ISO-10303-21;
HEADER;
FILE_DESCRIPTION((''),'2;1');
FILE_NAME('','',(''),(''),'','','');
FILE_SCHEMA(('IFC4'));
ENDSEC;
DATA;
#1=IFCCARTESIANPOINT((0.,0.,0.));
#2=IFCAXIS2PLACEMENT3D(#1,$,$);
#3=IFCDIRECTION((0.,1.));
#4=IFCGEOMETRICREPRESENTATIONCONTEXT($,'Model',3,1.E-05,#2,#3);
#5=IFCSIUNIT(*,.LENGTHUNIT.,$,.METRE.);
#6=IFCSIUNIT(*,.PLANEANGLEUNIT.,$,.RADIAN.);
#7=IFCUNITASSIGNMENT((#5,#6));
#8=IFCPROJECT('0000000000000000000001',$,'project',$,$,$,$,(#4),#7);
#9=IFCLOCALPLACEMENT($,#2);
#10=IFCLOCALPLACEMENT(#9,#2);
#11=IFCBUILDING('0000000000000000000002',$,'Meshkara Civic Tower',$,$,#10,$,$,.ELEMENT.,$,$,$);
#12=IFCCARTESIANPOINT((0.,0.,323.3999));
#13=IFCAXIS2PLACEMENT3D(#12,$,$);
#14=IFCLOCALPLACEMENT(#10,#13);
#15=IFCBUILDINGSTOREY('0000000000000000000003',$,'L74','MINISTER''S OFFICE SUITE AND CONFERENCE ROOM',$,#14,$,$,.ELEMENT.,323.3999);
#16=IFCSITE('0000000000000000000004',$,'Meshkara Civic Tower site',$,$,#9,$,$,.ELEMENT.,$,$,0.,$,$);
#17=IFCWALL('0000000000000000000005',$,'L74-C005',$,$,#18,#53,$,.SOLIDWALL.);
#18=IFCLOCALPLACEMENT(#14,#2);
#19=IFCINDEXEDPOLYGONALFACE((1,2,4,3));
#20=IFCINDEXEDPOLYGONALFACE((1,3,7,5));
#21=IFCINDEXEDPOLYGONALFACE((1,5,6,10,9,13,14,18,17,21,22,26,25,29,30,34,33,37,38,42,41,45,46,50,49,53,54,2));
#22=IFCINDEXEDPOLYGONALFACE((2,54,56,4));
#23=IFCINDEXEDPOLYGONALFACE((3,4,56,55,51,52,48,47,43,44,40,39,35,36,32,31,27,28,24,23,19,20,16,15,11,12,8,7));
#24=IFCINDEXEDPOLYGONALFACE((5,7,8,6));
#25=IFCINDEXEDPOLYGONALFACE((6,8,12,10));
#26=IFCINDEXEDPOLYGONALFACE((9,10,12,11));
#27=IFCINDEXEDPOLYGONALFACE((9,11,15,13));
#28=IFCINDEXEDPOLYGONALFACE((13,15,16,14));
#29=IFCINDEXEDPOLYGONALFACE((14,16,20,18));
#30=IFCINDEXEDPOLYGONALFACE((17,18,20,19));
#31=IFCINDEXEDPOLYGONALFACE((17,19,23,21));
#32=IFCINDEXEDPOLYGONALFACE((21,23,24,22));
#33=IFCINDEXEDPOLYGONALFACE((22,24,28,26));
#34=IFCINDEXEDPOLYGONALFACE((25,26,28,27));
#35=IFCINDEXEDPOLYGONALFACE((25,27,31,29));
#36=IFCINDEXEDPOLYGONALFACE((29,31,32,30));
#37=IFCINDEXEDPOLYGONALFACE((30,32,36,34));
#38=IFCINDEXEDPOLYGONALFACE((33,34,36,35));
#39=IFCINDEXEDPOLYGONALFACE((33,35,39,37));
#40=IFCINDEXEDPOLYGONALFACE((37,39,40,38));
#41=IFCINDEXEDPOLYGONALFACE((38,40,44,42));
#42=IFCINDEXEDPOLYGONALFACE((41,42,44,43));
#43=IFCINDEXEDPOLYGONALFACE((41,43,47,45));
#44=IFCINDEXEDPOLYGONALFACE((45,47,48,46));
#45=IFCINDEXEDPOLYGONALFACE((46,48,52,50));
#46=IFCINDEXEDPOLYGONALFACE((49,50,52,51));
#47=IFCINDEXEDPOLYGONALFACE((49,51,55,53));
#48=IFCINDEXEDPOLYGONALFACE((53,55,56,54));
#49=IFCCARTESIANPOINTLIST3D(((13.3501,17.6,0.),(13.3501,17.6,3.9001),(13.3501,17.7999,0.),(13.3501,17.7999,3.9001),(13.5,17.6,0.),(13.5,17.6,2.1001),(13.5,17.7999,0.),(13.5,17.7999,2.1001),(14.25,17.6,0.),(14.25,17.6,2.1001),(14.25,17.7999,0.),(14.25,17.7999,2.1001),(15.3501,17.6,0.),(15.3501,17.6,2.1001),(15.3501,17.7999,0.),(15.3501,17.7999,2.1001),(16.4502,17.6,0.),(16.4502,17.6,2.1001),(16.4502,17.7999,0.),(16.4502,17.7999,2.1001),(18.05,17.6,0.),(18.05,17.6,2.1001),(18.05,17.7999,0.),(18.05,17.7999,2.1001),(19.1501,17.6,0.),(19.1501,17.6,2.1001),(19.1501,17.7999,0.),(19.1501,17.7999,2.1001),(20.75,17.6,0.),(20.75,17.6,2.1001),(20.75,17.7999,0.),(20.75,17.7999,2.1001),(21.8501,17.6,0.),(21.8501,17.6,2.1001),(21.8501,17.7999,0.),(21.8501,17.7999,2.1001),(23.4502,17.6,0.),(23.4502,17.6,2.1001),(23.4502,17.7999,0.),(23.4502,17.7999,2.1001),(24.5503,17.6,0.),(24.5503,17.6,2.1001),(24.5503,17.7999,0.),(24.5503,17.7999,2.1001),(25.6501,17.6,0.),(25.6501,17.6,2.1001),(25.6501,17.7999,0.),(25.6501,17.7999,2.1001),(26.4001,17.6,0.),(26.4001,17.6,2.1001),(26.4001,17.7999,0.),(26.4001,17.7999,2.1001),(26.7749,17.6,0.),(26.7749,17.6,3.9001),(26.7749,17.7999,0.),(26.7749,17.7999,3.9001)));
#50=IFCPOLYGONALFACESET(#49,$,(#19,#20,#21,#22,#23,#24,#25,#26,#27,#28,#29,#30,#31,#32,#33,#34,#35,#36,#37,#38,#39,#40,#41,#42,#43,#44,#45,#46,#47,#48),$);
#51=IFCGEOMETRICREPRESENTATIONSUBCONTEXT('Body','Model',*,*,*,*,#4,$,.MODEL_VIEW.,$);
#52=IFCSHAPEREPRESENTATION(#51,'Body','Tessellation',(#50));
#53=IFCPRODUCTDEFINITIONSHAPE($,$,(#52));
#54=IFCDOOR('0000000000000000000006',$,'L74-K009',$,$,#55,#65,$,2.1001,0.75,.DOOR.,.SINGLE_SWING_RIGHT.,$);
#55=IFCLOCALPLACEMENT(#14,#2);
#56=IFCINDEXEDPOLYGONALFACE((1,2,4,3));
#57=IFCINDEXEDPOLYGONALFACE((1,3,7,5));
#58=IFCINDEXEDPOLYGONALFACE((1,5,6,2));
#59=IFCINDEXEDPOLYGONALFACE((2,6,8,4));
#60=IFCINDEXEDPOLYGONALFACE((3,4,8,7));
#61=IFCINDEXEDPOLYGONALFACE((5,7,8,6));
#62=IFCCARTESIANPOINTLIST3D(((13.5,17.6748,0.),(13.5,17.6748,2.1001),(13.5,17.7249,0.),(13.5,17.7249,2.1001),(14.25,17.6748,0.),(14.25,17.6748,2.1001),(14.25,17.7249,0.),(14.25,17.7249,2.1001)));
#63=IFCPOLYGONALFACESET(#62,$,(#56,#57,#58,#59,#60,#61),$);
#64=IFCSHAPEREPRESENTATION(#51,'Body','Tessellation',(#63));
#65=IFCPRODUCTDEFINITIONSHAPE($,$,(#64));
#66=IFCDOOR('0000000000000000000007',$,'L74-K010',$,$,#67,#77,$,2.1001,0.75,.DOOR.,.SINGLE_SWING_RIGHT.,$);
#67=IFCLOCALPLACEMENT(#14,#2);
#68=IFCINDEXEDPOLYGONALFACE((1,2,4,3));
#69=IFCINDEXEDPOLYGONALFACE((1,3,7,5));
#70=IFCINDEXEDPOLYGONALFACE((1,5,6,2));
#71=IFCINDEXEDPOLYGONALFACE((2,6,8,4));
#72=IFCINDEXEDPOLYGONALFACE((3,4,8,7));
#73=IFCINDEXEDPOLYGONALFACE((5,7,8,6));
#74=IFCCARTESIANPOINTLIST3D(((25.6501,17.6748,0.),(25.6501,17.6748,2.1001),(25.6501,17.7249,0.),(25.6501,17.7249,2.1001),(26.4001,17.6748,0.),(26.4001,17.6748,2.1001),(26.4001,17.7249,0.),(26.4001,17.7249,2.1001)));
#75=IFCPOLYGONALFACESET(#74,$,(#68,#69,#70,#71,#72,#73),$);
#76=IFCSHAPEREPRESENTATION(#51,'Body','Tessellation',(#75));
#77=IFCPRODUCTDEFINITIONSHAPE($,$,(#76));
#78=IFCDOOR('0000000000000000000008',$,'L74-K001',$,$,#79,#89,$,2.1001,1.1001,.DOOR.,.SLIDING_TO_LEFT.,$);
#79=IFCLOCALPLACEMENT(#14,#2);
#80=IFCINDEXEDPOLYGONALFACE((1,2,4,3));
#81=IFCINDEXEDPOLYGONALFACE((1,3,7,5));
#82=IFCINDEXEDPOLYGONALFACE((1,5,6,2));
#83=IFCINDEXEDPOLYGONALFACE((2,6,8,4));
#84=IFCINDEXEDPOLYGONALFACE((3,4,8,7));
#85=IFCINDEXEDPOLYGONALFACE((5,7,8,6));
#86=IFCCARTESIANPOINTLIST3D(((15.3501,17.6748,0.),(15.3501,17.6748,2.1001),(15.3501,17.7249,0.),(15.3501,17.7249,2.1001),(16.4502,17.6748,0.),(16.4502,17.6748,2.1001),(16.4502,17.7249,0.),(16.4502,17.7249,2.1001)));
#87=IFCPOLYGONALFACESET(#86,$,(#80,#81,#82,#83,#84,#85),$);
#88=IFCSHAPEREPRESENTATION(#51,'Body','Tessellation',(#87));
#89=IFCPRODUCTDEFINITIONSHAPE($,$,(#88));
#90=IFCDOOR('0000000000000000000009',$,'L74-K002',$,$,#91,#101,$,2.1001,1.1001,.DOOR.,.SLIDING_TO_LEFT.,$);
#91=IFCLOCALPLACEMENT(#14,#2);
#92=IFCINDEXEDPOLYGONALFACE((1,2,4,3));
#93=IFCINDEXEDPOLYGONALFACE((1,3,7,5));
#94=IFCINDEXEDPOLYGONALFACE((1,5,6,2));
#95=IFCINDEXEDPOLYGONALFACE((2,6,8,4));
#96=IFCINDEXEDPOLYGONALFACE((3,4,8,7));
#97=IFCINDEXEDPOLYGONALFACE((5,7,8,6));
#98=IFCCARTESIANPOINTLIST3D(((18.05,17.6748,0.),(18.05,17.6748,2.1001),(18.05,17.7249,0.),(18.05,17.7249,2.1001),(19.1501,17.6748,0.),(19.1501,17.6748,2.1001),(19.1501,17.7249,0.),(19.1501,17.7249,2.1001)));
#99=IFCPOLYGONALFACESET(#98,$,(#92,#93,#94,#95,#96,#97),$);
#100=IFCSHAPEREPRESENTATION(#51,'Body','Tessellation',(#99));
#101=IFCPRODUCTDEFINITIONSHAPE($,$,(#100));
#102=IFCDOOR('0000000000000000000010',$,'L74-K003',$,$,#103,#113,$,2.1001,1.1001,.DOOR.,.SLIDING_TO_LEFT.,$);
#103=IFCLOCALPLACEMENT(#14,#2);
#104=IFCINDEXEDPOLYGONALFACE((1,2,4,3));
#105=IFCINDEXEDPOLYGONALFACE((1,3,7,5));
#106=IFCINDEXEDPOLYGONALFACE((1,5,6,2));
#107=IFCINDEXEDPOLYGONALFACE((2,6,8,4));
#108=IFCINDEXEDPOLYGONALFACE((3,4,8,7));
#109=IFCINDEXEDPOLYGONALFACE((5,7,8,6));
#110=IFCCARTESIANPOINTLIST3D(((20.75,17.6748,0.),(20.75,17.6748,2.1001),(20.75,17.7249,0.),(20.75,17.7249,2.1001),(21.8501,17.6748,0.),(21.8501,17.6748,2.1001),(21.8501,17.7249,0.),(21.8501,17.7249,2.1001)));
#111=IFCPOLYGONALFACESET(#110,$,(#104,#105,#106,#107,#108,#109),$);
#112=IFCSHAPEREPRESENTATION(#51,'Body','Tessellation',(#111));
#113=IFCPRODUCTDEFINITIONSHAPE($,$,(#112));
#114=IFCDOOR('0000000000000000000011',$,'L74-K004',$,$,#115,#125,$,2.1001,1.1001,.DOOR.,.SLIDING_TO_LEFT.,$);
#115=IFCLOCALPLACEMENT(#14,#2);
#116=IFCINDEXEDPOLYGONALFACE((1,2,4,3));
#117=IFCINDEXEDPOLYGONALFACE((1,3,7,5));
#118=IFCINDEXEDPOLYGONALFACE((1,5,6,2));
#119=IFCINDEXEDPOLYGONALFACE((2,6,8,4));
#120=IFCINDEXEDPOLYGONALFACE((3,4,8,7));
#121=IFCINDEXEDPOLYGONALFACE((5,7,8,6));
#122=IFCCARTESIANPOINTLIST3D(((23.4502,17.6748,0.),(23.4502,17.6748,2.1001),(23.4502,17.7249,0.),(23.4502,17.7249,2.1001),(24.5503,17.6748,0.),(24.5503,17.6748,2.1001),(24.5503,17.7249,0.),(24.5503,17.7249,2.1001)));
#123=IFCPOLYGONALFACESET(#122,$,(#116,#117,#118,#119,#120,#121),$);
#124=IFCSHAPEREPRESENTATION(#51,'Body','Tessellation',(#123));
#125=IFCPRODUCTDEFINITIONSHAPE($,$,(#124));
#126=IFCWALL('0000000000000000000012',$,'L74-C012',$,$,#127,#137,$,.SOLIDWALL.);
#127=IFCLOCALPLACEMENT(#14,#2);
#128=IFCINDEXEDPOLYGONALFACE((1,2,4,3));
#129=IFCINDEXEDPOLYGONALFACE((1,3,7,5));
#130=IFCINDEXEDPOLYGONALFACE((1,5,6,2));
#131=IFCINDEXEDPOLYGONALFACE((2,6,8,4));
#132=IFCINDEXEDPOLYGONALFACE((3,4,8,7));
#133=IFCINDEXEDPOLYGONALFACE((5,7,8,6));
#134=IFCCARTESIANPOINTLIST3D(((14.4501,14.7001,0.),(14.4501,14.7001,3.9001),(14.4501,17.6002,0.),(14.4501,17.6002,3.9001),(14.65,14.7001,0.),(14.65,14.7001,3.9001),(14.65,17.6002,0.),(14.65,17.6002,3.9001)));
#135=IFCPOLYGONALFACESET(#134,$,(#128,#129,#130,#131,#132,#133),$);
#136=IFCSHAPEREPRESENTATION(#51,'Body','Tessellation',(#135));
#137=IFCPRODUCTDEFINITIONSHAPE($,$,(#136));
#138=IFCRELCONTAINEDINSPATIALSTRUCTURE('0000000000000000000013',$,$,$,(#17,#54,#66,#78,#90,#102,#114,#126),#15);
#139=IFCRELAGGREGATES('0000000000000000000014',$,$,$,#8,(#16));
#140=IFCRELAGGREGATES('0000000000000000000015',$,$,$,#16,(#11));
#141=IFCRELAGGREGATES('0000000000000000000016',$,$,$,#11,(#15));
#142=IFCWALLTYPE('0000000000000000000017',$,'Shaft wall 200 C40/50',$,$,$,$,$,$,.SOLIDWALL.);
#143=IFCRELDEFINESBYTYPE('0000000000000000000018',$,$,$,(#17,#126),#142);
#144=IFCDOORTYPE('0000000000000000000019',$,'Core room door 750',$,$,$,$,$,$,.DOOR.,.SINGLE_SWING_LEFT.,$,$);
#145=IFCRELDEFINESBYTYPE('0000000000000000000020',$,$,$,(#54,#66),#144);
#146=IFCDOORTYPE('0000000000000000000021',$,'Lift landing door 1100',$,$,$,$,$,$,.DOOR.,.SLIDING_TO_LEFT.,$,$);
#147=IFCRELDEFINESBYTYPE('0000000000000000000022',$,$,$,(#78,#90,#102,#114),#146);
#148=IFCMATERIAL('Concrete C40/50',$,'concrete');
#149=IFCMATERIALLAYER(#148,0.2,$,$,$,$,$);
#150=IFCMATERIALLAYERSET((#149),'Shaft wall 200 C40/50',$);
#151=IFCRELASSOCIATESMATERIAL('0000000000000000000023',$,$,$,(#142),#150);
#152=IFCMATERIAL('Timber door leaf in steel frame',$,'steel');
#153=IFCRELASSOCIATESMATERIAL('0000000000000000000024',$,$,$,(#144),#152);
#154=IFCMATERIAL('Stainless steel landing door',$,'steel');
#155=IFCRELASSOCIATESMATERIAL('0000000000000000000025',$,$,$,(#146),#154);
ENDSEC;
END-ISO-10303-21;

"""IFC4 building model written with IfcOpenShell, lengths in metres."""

from ifc_helpers import new_model, si_unit, direction, frame, frame_2d, origin, place, context, subcontext, project, spatial, rectangle, extrude, material, layer, layer_set, type_object, element, fill, save


model = new_model("IFC4")

# Units and contexts
model_context = context("Model", 3, precision=1e-05, world=origin(), true_north=direction((0.0, 1.0)))
body_context = subcontext(model_context, "Body", "Model", "MODEL_VIEW")
ifc_project = project(units=[si_unit("LENGTHUNIT", "METRE"), si_unit("PLANEANGLEUNIT", "RADIAN")], contexts=[model_context])

# Site, building, storey
site_placement = place(None, origin())
site = spatial("IfcSite", under=ifc_project, at=site_placement, Name="Meshkara Civic Tower site", CompositionType="ELEMENT", RefElevation=0.0)
building_placement = place(site_placement, origin())
building = spatial("IfcBuilding", under=site, at=building_placement, Name="Meshkara Civic Tower", CompositionType="ELEMENT")
storey_placement = place(building_placement, frame((0.0, 0.0, 323.3999)))
storey = spatial("IfcBuildingStorey", under=building, at=storey_placement, Name="L74", Description="MINISTER'S OFFICE SUITE AND CONFERENCE ROOM", CompositionType="ELEMENT", Elevation=323.3999)

# Wall, openings, doors
ifc_material_1 = material(Name="Concrete C40/50", Category="concrete")
ifc_layer_1 = layer(ifc_material_1, 0.2)
ifc_layer_set_1 = layer_set([ifc_layer_1], Name="Shaft wall 200 C40/50")
wall_type_1 = type_object("IfcWallType", Name="Shaft wall 200 C40/50", PredefinedType="SOLIDWALL", material=ifc_layer_set_1)
wall_1_placement = place(storey_placement, frame((13.3501, 17.7, 0.0), z_axis=(0.0, 0.0, 1.0), x_axis=(1.0, 0.0, 0.0)))
wall_1 = element("IfcWall", 1, at=wall_1_placement, inside=storey, type_object=wall_type_1, Name="L74-C005", PredefinedType="SOLIDWALL", context=body_context, shape_type="SweptSolid", body=[
    extrude(rectangle(XDim=13.4248, YDim=0.2, at=frame_2d((6.7124, 0.0))), origin(), (0.0, 0.0, 1.0), 3.9001),
])
opening_1_placement = place(wall_1_placement, frame((2.0, 0.0, 0.0)))
opening_1 = element("IfcOpeningElement", 2, at=opening_1_placement, cuts=wall_1, PredefinedType="OPENING", context=body_context, shape_type="SweptSolid", body=[
    extrude(rectangle(XDim=1.1001, YDim=2.1001, at=frame_2d((0.55, 1.05))), frame((0.0, 0.1099, 0.0), z_axis=(0.0, -1.0, 0.0), x_axis=(1.0, 0.0, 0.0)), (0.0, 0.0, 1.0), 0.22),
])
opening_2_placement = place(wall_1_placement, frame((4.7, 0.0, 0.0)))
opening_2 = element("IfcOpeningElement", 3, at=opening_2_placement, cuts=wall_1, PredefinedType="OPENING", context=body_context, shape_type="SweptSolid", body=[
    extrude(rectangle(XDim=1.1001, YDim=2.1001, at=frame_2d((0.55, 1.05))), frame((0.0, 0.1099, 0.0), z_axis=(0.0, -1.0, 0.0), x_axis=(1.0, 0.0, 0.0)), (0.0, 0.0, 1.0), 0.22),
])
opening_3_placement = place(wall_1_placement, frame((7.3999, 0.0, 0.0)))
opening_3 = element("IfcOpeningElement", 4, at=opening_3_placement, cuts=wall_1, PredefinedType="OPENING", context=body_context, shape_type="SweptSolid", body=[
    extrude(rectangle(XDim=1.1001, YDim=2.1001, at=frame_2d((0.55, 1.05))), frame((0.0, 0.1099, 0.0), z_axis=(0.0, -1.0, 0.0), x_axis=(1.0, 0.0, 0.0)), (0.0, 0.0, 1.0), 0.22),
])
opening_4_placement = place(wall_1_placement, frame((10.1001, 0.0, 0.0)))
opening_4 = element("IfcOpeningElement", 5, at=opening_4_placement, cuts=wall_1, PredefinedType="OPENING", context=body_context, shape_type="SweptSolid", body=[
    extrude(rectangle(XDim=1.1001, YDim=2.1001, at=frame_2d((0.55, 1.05))), frame((0.0, 0.1099, 0.0), z_axis=(0.0, -1.0, 0.0), x_axis=(1.0, 0.0, 0.0)), (0.0, 0.0, 1.0), 0.22),
])
opening_5_placement = place(wall_1_placement, frame((0.1499, 0.0, 0.0)))
opening_5 = element("IfcOpeningElement", 6, at=opening_5_placement, cuts=wall_1, PredefinedType="OPENING", context=body_context, shape_type="SweptSolid", body=[
    extrude(rectangle(XDim=0.75, YDim=2.1001, at=frame_2d((0.375, 1.05))), frame((0.0, 0.1099, 0.0), z_axis=(0.0, -1.0, 0.0), x_axis=(1.0, 0.0, 0.0)), (0.0, 0.0, 1.0), 0.22),
])
opening_6_placement = place(wall_1_placement, frame((12.3, 0.0, 0.0)))
opening_6 = element("IfcOpeningElement", 7, at=opening_6_placement, cuts=wall_1, PredefinedType="OPENING", context=body_context, shape_type="SweptSolid", body=[
    extrude(rectangle(XDim=0.75, YDim=2.1001, at=frame_2d((0.375, 1.05))), frame((0.0, 0.1099, 0.0), z_axis=(0.0, -1.0, 0.0), x_axis=(1.0, 0.0, 0.0)), (0.0, 0.0, 1.0), 0.22),
])
ifc_material_2 = material(Name="Timber door leaf in steel frame", Category="steel")
door_type_1 = type_object("IfcDoorType", Name="Core room door 750", OperationType="SINGLE_SWING_LEFT", PredefinedType="DOOR", material=ifc_material_2)
door_1_placement = place(opening_5_placement, origin())
door_1 = element("IfcDoor", 8, at=door_1_placement, inside=storey, type_object=door_type_1, Name="L74-K009", OperationType="SINGLE_SWING_RIGHT", OverallHeight=2.1001, OverallWidth=0.75, PredefinedType="DOOR", context=body_context, shape_type="SweptSolid", body=[
    extrude(rectangle(XDim=0.75, YDim=2.1001, at=frame_2d((0.375, 1.05))), frame((0.0, 0.0249, 0.0), z_axis=(0.0, -1.0, 0.0), x_axis=(1.0, 0.0, 0.0)), (0.0, 0.0, 1.0), 0.05),
])
fill(opening_5, door_1)
door_2_placement = place(opening_6_placement, origin())
door_2 = element("IfcDoor", 9, at=door_2_placement, inside=storey, type_object=door_type_1, Name="L74-K010", OperationType="SINGLE_SWING_RIGHT", OverallHeight=2.1001, OverallWidth=0.75, PredefinedType="DOOR", context=body_context, shape_type="SweptSolid", body=[
    extrude(rectangle(XDim=0.75, YDim=2.1001, at=frame_2d((0.375, 1.05))), frame((0.0, 0.0249, 0.0), z_axis=(0.0, -1.0, 0.0), x_axis=(1.0, 0.0, 0.0)), (0.0, 0.0, 1.0), 0.05),
])
fill(opening_6, door_2)
ifc_material_3 = material(Name="Stainless steel landing door", Category="steel")
door_type_2 = type_object("IfcDoorType", Name="Lift landing door 1100", OperationType="SLIDING_TO_LEFT", PredefinedType="DOOR", material=ifc_material_3)
door_3_placement = place(opening_1_placement, origin())
door_3 = element("IfcDoor", 10, at=door_3_placement, inside=storey, type_object=door_type_2, Name="L74-K001", OperationType="SLIDING_TO_LEFT", OverallHeight=2.1001, OverallWidth=1.1001, PredefinedType="DOOR", context=body_context, shape_type="SweptSolid", body=[
    extrude(rectangle(XDim=1.1001, YDim=2.1001, at=frame_2d((0.55, 1.05))), frame((0.0, 0.0249, 0.0), z_axis=(0.0, -1.0, 0.0), x_axis=(1.0, 0.0, 0.0)), (0.0, 0.0, 1.0), 0.05),
])
fill(opening_1, door_3)
door_4_placement = place(opening_2_placement, origin())
door_4 = element("IfcDoor", 11, at=door_4_placement, inside=storey, type_object=door_type_2, Name="L74-K002", OperationType="SLIDING_TO_LEFT", OverallHeight=2.1001, OverallWidth=1.1001, PredefinedType="DOOR", context=body_context, shape_type="SweptSolid", body=[
    extrude(rectangle(XDim=1.1001, YDim=2.1001, at=frame_2d((0.55, 1.05))), frame((0.0, 0.0249, 0.0), z_axis=(0.0, -1.0, 0.0), x_axis=(1.0, 0.0, 0.0)), (0.0, 0.0, 1.0), 0.05),
])
fill(opening_2, door_4)
door_5_placement = place(opening_3_placement, origin())
door_5 = element("IfcDoor", 12, at=door_5_placement, inside=storey, type_object=door_type_2, Name="L74-K003", OperationType="SLIDING_TO_LEFT", OverallHeight=2.1001, OverallWidth=1.1001, PredefinedType="DOOR", context=body_context, shape_type="SweptSolid", body=[
    extrude(rectangle(XDim=1.1001, YDim=2.1001, at=frame_2d((0.55, 1.05))), frame((0.0, 0.0249, 0.0), z_axis=(0.0, -1.0, 0.0), x_axis=(1.0, 0.0, 0.0)), (0.0, 0.0, 1.0), 0.05),
])
fill(opening_3, door_5)
door_6_placement = place(opening_4_placement, origin())
door_6 = element("IfcDoor", 13, at=door_6_placement, inside=storey, type_object=door_type_2, Name="L74-K004", OperationType="SLIDING_TO_LEFT", OverallHeight=2.1001, OverallWidth=1.1001, PredefinedType="DOOR", context=body_context, shape_type="SweptSolid", body=[
    extrude(rectangle(XDim=1.1001, YDim=2.1001, at=frame_2d((0.55, 1.05))), frame((0.0, 0.0249, 0.0), z_axis=(0.0, -1.0, 0.0), x_axis=(1.0, 0.0, 0.0)), (0.0, 0.0, 1.0), 0.05),
])
fill(opening_4, door_6)

# Wall
wall_2_placement = place(storey_placement, frame((14.55, 14.7, 0.0), z_axis=(0.0, 0.0, 1.0), x_axis=(0.0, 1.0, 0.0)))
element("IfcWall", 14, at=wall_2_placement, inside=storey, type_object=wall_type_1, Name="L74-C012", PredefinedType="SOLIDWALL", context=body_context, shape_type="SweptSolid", body=[
    extrude(rectangle(XDim=2.9001, YDim=0.2, at=frame_2d((1.4502, 0.0))), origin(), (0.0, 0.0, 1.0), 3.9001),
])

save(model, "model.ifc")
